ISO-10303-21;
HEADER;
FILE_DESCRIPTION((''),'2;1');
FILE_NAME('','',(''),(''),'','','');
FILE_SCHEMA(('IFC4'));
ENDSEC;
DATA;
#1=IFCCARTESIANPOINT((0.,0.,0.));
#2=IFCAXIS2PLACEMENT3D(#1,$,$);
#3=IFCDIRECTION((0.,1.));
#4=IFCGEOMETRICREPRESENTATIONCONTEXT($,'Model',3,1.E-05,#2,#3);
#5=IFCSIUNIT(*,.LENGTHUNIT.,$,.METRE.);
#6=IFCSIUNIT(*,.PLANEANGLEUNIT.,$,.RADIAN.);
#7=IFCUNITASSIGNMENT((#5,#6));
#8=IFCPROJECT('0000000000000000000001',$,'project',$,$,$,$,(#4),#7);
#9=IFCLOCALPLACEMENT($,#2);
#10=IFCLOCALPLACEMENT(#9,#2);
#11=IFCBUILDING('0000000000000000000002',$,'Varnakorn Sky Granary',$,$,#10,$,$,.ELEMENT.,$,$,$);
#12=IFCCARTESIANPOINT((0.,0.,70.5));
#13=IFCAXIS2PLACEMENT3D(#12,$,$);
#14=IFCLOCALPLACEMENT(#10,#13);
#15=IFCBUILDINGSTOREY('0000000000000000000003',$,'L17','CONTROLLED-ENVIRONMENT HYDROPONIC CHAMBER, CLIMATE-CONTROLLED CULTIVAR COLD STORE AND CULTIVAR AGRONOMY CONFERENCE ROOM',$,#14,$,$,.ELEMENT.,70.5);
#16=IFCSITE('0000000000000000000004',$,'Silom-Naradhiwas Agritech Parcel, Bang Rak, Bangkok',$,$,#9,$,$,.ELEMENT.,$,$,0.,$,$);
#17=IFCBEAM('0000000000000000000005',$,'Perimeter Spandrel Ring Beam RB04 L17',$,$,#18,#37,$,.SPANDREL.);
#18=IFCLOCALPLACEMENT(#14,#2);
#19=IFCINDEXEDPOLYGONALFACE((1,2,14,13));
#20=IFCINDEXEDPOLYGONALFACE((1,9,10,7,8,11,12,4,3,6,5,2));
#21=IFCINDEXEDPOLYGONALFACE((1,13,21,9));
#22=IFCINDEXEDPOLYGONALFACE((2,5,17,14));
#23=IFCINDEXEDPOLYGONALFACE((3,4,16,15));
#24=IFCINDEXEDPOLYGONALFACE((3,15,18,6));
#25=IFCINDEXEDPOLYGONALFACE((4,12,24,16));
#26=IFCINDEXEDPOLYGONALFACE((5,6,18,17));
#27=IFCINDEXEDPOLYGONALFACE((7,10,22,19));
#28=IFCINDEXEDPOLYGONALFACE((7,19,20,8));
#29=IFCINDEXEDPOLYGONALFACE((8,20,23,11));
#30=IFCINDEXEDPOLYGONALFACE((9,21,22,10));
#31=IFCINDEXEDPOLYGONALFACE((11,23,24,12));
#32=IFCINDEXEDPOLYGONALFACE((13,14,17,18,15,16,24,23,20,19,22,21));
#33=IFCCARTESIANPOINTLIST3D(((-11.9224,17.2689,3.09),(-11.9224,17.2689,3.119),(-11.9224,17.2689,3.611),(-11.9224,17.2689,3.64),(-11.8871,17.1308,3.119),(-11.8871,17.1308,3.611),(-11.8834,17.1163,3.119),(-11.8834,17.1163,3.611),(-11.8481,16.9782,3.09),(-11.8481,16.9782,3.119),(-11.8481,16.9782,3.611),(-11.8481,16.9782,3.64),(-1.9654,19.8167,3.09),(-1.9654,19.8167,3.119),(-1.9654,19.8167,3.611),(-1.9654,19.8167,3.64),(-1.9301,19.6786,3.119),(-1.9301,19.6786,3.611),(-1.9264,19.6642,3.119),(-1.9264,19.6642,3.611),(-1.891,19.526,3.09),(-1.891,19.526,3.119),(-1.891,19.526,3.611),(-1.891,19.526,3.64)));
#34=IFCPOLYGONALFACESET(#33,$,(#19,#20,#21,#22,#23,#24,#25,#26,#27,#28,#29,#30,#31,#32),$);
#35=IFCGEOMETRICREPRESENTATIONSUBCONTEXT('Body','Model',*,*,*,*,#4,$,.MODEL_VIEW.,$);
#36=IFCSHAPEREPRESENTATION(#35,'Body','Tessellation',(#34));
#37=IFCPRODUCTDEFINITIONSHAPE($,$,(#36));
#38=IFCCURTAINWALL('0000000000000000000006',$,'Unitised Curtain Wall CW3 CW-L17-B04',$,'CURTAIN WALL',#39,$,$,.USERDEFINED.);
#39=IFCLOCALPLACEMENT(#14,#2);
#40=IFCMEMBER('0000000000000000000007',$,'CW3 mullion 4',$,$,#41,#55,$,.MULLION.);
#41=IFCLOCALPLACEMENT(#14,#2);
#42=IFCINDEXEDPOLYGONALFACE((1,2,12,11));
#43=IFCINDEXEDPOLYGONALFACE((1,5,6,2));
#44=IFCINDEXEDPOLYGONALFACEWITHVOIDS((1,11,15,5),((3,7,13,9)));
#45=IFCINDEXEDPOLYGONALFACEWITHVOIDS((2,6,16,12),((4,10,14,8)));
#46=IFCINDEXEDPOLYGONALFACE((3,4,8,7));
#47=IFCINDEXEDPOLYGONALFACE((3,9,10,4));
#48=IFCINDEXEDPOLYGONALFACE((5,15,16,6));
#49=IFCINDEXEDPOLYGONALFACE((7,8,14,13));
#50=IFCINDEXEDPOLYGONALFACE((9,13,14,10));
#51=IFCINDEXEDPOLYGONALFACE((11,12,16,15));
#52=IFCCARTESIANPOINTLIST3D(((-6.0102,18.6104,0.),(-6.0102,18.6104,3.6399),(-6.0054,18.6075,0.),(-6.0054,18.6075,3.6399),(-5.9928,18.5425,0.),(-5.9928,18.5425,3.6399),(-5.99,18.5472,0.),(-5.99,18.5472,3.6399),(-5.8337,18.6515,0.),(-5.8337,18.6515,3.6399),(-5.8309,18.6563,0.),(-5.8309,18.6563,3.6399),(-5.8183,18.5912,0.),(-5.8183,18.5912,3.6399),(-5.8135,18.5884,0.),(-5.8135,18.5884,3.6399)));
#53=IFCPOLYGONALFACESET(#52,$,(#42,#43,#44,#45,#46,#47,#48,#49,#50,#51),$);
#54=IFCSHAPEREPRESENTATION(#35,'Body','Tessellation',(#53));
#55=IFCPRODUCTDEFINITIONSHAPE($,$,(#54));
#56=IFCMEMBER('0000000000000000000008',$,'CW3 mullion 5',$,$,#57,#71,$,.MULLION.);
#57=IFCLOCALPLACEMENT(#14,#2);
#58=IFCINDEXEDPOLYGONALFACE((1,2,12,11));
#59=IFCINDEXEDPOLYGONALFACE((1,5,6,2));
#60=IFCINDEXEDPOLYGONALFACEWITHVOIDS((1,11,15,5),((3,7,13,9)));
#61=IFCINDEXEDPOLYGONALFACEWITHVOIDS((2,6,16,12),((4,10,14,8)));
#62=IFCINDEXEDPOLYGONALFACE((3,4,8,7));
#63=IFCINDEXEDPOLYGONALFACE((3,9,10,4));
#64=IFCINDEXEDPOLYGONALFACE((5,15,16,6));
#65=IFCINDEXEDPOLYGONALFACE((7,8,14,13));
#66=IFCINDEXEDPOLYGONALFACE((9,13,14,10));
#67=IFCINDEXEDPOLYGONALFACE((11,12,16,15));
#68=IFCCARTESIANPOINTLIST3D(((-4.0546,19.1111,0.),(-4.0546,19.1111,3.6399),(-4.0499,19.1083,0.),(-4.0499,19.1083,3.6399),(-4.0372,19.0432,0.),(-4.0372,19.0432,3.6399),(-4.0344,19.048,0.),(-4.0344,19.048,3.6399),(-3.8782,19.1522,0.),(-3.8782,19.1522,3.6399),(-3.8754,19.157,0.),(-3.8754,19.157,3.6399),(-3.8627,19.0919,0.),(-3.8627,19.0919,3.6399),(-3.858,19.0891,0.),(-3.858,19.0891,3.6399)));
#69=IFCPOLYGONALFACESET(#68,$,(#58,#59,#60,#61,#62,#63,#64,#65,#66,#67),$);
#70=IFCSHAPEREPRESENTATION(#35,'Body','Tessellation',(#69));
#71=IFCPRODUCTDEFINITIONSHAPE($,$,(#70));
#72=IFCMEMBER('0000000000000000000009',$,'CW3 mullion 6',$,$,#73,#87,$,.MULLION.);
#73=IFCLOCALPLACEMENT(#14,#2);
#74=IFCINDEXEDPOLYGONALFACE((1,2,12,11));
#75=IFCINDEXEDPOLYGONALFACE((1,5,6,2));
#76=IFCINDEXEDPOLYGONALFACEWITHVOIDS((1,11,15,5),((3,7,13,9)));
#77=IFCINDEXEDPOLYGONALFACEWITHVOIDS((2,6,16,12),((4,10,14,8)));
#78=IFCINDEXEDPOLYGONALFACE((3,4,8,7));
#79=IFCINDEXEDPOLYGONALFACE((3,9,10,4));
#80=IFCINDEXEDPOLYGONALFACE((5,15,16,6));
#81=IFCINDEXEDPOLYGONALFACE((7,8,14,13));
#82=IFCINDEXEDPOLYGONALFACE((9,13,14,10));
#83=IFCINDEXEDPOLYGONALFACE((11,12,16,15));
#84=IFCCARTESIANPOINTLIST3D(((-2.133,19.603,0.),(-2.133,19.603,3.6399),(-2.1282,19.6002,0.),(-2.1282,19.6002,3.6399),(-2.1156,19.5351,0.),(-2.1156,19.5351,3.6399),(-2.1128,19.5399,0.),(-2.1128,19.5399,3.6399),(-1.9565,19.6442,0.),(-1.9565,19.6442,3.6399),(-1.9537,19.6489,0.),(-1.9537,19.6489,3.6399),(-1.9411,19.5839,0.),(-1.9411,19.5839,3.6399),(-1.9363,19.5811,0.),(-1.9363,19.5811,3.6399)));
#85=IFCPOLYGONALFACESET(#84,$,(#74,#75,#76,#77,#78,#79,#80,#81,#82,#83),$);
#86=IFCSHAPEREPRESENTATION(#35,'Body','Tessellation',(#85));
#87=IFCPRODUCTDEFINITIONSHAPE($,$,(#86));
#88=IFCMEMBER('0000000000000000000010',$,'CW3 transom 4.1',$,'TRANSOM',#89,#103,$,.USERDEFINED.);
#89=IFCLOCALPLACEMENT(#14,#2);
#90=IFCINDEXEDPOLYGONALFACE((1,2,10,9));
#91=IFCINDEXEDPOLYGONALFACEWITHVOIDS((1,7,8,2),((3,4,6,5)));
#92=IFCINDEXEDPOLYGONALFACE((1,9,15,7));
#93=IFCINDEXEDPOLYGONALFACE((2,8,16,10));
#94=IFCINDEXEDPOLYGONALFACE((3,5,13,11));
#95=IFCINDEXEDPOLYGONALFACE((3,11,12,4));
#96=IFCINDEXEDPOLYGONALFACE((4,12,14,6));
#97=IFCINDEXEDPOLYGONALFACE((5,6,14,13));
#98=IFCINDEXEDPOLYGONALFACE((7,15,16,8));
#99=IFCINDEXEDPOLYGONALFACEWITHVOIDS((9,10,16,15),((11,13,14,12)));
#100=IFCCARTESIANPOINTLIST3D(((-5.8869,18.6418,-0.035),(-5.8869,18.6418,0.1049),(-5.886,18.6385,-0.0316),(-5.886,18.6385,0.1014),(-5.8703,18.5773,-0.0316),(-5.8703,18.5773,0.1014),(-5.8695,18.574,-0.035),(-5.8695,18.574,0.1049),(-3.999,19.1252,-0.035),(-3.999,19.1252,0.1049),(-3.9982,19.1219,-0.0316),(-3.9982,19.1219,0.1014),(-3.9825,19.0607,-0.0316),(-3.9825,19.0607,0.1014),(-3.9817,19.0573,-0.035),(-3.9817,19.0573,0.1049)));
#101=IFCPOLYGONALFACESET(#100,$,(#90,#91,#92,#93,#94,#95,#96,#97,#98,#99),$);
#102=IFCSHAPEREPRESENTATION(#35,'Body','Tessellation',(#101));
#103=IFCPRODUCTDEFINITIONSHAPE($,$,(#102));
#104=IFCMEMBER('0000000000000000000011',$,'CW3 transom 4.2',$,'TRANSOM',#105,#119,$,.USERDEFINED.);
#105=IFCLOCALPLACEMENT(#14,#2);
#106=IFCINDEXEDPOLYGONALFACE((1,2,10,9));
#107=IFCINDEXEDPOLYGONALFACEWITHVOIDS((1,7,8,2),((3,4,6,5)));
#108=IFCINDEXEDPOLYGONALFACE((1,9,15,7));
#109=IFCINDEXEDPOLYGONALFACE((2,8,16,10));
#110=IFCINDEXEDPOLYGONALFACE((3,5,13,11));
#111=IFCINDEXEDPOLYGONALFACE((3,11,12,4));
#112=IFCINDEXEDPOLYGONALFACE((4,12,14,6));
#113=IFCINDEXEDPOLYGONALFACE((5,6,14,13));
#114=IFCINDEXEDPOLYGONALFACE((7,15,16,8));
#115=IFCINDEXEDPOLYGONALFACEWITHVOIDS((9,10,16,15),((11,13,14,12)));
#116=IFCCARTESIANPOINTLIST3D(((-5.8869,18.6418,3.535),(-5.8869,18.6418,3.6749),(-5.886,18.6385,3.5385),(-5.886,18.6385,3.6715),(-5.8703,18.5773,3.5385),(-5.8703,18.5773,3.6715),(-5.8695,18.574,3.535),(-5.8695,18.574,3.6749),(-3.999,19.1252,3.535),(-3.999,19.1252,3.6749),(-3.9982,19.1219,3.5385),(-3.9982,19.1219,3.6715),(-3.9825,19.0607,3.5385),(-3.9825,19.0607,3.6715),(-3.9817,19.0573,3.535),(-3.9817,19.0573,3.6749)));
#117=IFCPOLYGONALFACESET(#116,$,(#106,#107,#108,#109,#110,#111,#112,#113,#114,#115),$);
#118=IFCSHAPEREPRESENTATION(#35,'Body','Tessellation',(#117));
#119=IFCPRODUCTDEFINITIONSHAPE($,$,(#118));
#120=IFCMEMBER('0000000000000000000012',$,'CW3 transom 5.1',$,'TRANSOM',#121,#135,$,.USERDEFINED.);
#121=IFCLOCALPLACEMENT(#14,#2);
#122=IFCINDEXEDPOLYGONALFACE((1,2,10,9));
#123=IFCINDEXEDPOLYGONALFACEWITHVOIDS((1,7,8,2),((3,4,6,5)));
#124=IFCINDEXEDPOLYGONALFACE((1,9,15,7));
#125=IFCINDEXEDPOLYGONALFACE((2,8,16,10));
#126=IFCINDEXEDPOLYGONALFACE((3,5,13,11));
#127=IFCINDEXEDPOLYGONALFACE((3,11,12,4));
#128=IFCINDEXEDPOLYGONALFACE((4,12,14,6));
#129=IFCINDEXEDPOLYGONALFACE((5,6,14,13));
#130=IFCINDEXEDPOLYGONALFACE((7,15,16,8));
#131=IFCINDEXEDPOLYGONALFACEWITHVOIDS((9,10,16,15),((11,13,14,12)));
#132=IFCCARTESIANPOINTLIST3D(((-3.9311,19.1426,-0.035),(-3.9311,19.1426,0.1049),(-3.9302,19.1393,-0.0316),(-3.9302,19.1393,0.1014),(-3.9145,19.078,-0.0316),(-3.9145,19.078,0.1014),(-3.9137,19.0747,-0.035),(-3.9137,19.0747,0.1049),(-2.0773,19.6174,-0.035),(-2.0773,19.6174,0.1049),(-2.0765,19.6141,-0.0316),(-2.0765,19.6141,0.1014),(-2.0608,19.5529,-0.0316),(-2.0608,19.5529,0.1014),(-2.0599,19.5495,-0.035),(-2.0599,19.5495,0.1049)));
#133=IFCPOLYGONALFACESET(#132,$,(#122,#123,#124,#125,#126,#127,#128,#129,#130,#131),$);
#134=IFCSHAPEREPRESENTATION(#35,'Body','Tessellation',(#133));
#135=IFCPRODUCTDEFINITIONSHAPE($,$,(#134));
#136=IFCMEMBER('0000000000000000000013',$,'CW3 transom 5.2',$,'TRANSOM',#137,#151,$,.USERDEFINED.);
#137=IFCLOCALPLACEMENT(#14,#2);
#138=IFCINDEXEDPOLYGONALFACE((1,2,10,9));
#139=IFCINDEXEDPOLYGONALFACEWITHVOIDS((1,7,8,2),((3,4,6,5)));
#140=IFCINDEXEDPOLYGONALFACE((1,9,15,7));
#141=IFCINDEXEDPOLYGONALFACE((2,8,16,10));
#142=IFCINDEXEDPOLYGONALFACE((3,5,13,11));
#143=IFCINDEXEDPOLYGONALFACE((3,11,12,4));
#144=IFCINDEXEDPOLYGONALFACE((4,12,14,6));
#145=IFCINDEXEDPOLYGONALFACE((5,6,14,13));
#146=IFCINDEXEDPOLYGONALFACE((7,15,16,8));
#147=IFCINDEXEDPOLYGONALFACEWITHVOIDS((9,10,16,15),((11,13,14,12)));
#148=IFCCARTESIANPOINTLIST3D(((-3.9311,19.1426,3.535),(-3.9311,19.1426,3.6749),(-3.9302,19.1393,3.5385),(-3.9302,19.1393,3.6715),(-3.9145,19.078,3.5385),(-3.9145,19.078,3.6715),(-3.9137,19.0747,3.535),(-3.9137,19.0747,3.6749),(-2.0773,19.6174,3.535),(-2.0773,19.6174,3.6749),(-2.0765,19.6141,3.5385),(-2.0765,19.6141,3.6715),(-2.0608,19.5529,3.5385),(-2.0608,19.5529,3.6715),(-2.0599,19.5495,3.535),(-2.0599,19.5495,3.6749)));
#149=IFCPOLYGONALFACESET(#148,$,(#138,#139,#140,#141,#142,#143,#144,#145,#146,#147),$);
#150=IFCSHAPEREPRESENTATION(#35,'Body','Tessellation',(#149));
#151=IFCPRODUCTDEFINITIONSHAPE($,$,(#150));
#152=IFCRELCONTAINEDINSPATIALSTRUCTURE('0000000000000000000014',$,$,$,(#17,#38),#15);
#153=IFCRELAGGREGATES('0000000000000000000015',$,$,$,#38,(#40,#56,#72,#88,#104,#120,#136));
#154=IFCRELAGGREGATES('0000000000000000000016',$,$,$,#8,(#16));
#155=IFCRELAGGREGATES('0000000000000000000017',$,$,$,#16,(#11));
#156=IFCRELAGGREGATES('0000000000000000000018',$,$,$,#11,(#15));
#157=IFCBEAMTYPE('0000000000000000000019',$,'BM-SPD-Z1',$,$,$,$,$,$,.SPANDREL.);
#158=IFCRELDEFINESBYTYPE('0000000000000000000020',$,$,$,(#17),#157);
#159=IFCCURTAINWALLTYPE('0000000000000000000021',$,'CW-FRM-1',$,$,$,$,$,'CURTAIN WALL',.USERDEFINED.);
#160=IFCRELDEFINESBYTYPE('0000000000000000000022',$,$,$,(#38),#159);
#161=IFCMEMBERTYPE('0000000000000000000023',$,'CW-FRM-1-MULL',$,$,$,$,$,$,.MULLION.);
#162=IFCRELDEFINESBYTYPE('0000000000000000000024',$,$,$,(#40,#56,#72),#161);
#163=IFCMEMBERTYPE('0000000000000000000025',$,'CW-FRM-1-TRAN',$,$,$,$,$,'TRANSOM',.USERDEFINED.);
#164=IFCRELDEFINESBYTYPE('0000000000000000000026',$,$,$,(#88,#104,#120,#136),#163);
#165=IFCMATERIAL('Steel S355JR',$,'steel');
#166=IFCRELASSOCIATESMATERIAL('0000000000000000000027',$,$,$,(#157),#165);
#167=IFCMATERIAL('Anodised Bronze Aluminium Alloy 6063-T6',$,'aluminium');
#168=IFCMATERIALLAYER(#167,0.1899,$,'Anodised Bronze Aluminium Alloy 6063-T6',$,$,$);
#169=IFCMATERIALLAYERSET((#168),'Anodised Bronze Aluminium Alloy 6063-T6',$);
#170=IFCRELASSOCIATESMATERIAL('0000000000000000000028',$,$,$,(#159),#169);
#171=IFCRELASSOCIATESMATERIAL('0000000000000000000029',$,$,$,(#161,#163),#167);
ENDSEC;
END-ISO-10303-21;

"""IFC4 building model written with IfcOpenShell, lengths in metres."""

from ifc_helpers import new_model, si_unit, direction, frame, origin, origin_2d, place, context, subcontext, project, spatial, hollow_rectangle, i_section, extrude, material, layer, layer_set, material_profile, profile_set, type_object, element, aggregate, save


model = new_model("IFC4")

# Units and contexts
model_context = context("Model", 3, precision=1e-05, world=origin(), true_north=direction((0.0, 1.0)))
body_context = subcontext(model_context, "Body", "Model", "MODEL_VIEW")
ifc_project = project(units=[si_unit("LENGTHUNIT", "METRE"), si_unit("PLANEANGLEUNIT", "RADIAN")], contexts=[model_context])

# Site, building, storey
site_placement = place(None, origin())
site = spatial("IfcSite", under=ifc_project, at=site_placement, Name="Silom-Naradhiwas Agritech Parcel, Bang Rak, Bangkok", CompositionType="ELEMENT", RefElevation=0.0)
building_placement = place(site_placement, origin())
building = spatial("IfcBuilding", under=site, at=building_placement, Name="Varnakorn Sky Granary", CompositionType="ELEMENT")
storey_placement = place(building_placement, frame((0.0, 0.0, 70.5)))
storey = spatial("IfcBuildingStorey", under=building, at=storey_placement, Name="L17", Description="CONTROLLED-ENVIRONMENT HYDROPONIC CHAMBER, CLIMATE-CONTROLLED CULTIVAR COLD STORE AND CULTIVAR AGRONOMY CONFERENCE ROOM", CompositionType="ELEMENT", Elevation=70.5)

# Beam
ifc_material_1 = material(Name="Steel S355JR", Category="steel")
ifc_material_profile_1 = material_profile(ifc_material_1, i_section(OverallWidth=0.3, OverallDepth=0.55, WebThickness=0.0149, FlangeThickness=0.0291, at=origin_2d()), Name="HE 550 B")
ifc_profile_set_1 = profile_set([ifc_material_profile_1], Name="Steel S355JR")
beam_type_1 = type_object("IfcBeamType", Name="BM-SPD-Z1", PredefinedType="SPANDREL", material=ifc_profile_set_1)
beam_1_placement = place(storey_placement, frame((-1.9282, 19.6714, 3.365), z_axis=(-0.968786, -0.247898, 0.0), x_axis=(0.247898, -0.968786, 0.0)))
element("IfcBeam", 1, at=beam_1_placement, inside=storey, type_object=beam_type_1, Name="Perimeter Spandrel Ring Beam RB04 L17", PredefinedType="SPANDREL", context=body_context, shape_type="SweptSolid", body=[
    extrude(i_section(OverallWidth=0.3, OverallDepth=0.55, WebThickness=0.0149, FlangeThickness=0.0291, at=origin_2d()), origin(), (0.0, 0.0, 1.0), 10.2778),
])

# Curtain wall, members
ifc_material_2 = material(Name="Anodised Bronze Aluminium Alloy 6063-T6", Category="aluminium")
ifc_layer_1 = layer(ifc_material_2, 0.1899, Name="Anodised Bronze Aluminium Alloy 6063-T6")
ifc_layer_set_1 = layer_set([ifc_layer_1], Name="Anodised Bronze Aluminium Alloy 6063-T6")
curtain_wall_type = type_object("IfcCurtainWallType", Name="CW-FRM-1", ElementType="CURTAIN WALL", PredefinedType="USERDEFINED", material=ifc_layer_set_1)
curtain_wall_placement = place(storey_placement, origin())
curtain_wall = element("IfcCurtainWall", 2, at=curtain_wall_placement, inside=storey, type_object=curtain_wall_type, Name="Unitised Curtain Wall CW3 CW-L17-B04", ObjectType="CURTAIN WALL", PredefinedType="USERDEFINED")
ifc_material_profile_2 = material_profile(ifc_material_2, hollow_rectangle(XDim=0.0701, YDim=0.1851, WallThickness=0.0039, at=origin_2d()), Name="ALU MULL 70x185")
ifc_profile_set_2 = profile_set([ifc_material_profile_2], Name="Anodised Bronze Aluminium Alloy 6063-T6")
member_type_1 = type_object("IfcMemberType", Name="CW-FRM-1-MULL", PredefinedType="MULLION", material=ifc_profile_set_2)
member_1_placement = place(storey_placement, frame((-5.9119, 18.5994, 0.0), z_axis=(0.0, 0.0, 1.0), x_axis=(-0.248054, 0.968746, 0.0)))
member_1 = element("IfcMember", 3, at=member_1_placement, type_object=member_type_1, Name="CW3 mullion 4", PredefinedType="MULLION", context=body_context, shape_type="SweptSolid", body=[
    extrude(hollow_rectangle(XDim=0.0701, YDim=0.1851, WallThickness=0.0039, at=origin_2d()), origin(), (0.0, 0.0, 1.0), 3.6399),
])
member_2_placement = place(storey_placement, frame((-3.9563, 19.1001, 0.0), z_axis=(0.0, 0.0, 1.0), x_axis=(-0.248054, 0.968746, 0.0)))
member_2 = element("IfcMember", 4, at=member_2_placement, type_object=member_type_1, Name="CW3 mullion 5", PredefinedType="MULLION", context=body_context, shape_type="SweptSolid", body=[
    extrude(hollow_rectangle(XDim=0.0701, YDim=0.1851, WallThickness=0.0039, at=origin_2d()), origin(), (0.0, 0.0, 1.0), 3.6399),
])
member_3_placement = place(storey_placement, frame((-2.0347, 19.592, 0.0), z_axis=(0.0, 0.0, 1.0), x_axis=(-0.248054, 0.968746, 0.0)))
member_3 = element("IfcMember", 5, at=member_3_placement, type_object=member_type_1, Name="CW3 mullion 6", PredefinedType="MULLION", context=body_context, shape_type="SweptSolid", body=[
    extrude(hollow_rectangle(XDim=0.0701, YDim=0.1851, WallThickness=0.0039, at=origin_2d()), origin(), (0.0, 0.0, 1.0), 3.6399),
])
ifc_material_profile_3 = material_profile(ifc_material_2, hollow_rectangle(XDim=0.0701, YDim=0.1399, WallThickness=0.0034, at=origin_2d()), Name="ALU TRAN 70x140")
ifc_profile_set_3 = profile_set([ifc_material_profile_3], Name="Anodised Bronze Aluminium Alloy 6063-T6")
member_type_2 = type_object("IfcMemberType", Name="CW-FRM-1-TRAN", ElementType="TRANSOM", PredefinedType="USERDEFINED", material=ifc_profile_set_3)
member_4_placement = place(storey_placement, frame((-5.8782, 18.6079, 0.0349), z_axis=(0.968749, 0.248044, 0.0), x_axis=(-0.248044, 0.968749, 0.0)))
member_4 = element("IfcMember", 6, at=member_4_placement, type_object=member_type_2, Name="CW3 transom 4.1", ObjectType="TRANSOM", PredefinedType="USERDEFINED", context=body_context, shape_type="SweptSolid", body=[
    extrude(hollow_rectangle(XDim=0.0701, YDim=0.1399, WallThickness=0.0034, at=origin_2d()), origin(), (0.0, 0.0, 1.0), 1.9487),
])
member_5_placement = place(storey_placement, frame((-5.8782, 18.6079, 3.605), z_axis=(0.968749, 0.248044, 0.0), x_axis=(-0.248044, 0.968749, 0.0)))
member_5 = element("IfcMember", 7, at=member_5_placement, type_object=member_type_2, Name="CW3 transom 4.2", ObjectType="TRANSOM", PredefinedType="USERDEFINED", context=body_context, shape_type="SweptSolid", body=[
    extrude(hollow_rectangle(XDim=0.0701, YDim=0.1399, WallThickness=0.0034, at=origin_2d()), origin(), (0.0, 0.0, 1.0), 1.9487),
])
member_6_placement = place(storey_placement, frame((-3.9224, 19.1086, 0.0349), z_axis=(0.968723, 0.248145, 0.0), x_axis=(-0.248145, 0.968723, 0.0)))
member_6 = element("IfcMember", 8, at=member_6_placement, type_object=member_type_2, Name="CW3 transom 5.1", ObjectType="TRANSOM", PredefinedType="USERDEFINED", context=body_context, shape_type="SweptSolid", body=[
    extrude(hollow_rectangle(XDim=0.0701, YDim=0.1399, WallThickness=0.0034, at=origin_2d()), origin(), (0.0, 0.0, 1.0), 1.9136),
])
member_7_placement = place(storey_placement, frame((-3.9224, 19.1086, 3.605), z_axis=(0.968723, 0.248145, 0.0), x_axis=(-0.248145, 0.968723, 0.0)))
member_7 = element("IfcMember", 9, at=member_7_placement, type_object=member_type_2, Name="CW3 transom 5.2", ObjectType="TRANSOM", PredefinedType="USERDEFINED", context=body_context, shape_type="SweptSolid", body=[
    extrude(hollow_rectangle(XDim=0.0701, YDim=0.1399, WallThickness=0.0034, at=origin_2d()), origin(), (0.0, 0.0, 1.0), 1.9136),
])

aggregate(curtain_wall, [member_1, member_2, member_3, member_4, member_5, member_6, member_7])

save(model, "model.ifc")
